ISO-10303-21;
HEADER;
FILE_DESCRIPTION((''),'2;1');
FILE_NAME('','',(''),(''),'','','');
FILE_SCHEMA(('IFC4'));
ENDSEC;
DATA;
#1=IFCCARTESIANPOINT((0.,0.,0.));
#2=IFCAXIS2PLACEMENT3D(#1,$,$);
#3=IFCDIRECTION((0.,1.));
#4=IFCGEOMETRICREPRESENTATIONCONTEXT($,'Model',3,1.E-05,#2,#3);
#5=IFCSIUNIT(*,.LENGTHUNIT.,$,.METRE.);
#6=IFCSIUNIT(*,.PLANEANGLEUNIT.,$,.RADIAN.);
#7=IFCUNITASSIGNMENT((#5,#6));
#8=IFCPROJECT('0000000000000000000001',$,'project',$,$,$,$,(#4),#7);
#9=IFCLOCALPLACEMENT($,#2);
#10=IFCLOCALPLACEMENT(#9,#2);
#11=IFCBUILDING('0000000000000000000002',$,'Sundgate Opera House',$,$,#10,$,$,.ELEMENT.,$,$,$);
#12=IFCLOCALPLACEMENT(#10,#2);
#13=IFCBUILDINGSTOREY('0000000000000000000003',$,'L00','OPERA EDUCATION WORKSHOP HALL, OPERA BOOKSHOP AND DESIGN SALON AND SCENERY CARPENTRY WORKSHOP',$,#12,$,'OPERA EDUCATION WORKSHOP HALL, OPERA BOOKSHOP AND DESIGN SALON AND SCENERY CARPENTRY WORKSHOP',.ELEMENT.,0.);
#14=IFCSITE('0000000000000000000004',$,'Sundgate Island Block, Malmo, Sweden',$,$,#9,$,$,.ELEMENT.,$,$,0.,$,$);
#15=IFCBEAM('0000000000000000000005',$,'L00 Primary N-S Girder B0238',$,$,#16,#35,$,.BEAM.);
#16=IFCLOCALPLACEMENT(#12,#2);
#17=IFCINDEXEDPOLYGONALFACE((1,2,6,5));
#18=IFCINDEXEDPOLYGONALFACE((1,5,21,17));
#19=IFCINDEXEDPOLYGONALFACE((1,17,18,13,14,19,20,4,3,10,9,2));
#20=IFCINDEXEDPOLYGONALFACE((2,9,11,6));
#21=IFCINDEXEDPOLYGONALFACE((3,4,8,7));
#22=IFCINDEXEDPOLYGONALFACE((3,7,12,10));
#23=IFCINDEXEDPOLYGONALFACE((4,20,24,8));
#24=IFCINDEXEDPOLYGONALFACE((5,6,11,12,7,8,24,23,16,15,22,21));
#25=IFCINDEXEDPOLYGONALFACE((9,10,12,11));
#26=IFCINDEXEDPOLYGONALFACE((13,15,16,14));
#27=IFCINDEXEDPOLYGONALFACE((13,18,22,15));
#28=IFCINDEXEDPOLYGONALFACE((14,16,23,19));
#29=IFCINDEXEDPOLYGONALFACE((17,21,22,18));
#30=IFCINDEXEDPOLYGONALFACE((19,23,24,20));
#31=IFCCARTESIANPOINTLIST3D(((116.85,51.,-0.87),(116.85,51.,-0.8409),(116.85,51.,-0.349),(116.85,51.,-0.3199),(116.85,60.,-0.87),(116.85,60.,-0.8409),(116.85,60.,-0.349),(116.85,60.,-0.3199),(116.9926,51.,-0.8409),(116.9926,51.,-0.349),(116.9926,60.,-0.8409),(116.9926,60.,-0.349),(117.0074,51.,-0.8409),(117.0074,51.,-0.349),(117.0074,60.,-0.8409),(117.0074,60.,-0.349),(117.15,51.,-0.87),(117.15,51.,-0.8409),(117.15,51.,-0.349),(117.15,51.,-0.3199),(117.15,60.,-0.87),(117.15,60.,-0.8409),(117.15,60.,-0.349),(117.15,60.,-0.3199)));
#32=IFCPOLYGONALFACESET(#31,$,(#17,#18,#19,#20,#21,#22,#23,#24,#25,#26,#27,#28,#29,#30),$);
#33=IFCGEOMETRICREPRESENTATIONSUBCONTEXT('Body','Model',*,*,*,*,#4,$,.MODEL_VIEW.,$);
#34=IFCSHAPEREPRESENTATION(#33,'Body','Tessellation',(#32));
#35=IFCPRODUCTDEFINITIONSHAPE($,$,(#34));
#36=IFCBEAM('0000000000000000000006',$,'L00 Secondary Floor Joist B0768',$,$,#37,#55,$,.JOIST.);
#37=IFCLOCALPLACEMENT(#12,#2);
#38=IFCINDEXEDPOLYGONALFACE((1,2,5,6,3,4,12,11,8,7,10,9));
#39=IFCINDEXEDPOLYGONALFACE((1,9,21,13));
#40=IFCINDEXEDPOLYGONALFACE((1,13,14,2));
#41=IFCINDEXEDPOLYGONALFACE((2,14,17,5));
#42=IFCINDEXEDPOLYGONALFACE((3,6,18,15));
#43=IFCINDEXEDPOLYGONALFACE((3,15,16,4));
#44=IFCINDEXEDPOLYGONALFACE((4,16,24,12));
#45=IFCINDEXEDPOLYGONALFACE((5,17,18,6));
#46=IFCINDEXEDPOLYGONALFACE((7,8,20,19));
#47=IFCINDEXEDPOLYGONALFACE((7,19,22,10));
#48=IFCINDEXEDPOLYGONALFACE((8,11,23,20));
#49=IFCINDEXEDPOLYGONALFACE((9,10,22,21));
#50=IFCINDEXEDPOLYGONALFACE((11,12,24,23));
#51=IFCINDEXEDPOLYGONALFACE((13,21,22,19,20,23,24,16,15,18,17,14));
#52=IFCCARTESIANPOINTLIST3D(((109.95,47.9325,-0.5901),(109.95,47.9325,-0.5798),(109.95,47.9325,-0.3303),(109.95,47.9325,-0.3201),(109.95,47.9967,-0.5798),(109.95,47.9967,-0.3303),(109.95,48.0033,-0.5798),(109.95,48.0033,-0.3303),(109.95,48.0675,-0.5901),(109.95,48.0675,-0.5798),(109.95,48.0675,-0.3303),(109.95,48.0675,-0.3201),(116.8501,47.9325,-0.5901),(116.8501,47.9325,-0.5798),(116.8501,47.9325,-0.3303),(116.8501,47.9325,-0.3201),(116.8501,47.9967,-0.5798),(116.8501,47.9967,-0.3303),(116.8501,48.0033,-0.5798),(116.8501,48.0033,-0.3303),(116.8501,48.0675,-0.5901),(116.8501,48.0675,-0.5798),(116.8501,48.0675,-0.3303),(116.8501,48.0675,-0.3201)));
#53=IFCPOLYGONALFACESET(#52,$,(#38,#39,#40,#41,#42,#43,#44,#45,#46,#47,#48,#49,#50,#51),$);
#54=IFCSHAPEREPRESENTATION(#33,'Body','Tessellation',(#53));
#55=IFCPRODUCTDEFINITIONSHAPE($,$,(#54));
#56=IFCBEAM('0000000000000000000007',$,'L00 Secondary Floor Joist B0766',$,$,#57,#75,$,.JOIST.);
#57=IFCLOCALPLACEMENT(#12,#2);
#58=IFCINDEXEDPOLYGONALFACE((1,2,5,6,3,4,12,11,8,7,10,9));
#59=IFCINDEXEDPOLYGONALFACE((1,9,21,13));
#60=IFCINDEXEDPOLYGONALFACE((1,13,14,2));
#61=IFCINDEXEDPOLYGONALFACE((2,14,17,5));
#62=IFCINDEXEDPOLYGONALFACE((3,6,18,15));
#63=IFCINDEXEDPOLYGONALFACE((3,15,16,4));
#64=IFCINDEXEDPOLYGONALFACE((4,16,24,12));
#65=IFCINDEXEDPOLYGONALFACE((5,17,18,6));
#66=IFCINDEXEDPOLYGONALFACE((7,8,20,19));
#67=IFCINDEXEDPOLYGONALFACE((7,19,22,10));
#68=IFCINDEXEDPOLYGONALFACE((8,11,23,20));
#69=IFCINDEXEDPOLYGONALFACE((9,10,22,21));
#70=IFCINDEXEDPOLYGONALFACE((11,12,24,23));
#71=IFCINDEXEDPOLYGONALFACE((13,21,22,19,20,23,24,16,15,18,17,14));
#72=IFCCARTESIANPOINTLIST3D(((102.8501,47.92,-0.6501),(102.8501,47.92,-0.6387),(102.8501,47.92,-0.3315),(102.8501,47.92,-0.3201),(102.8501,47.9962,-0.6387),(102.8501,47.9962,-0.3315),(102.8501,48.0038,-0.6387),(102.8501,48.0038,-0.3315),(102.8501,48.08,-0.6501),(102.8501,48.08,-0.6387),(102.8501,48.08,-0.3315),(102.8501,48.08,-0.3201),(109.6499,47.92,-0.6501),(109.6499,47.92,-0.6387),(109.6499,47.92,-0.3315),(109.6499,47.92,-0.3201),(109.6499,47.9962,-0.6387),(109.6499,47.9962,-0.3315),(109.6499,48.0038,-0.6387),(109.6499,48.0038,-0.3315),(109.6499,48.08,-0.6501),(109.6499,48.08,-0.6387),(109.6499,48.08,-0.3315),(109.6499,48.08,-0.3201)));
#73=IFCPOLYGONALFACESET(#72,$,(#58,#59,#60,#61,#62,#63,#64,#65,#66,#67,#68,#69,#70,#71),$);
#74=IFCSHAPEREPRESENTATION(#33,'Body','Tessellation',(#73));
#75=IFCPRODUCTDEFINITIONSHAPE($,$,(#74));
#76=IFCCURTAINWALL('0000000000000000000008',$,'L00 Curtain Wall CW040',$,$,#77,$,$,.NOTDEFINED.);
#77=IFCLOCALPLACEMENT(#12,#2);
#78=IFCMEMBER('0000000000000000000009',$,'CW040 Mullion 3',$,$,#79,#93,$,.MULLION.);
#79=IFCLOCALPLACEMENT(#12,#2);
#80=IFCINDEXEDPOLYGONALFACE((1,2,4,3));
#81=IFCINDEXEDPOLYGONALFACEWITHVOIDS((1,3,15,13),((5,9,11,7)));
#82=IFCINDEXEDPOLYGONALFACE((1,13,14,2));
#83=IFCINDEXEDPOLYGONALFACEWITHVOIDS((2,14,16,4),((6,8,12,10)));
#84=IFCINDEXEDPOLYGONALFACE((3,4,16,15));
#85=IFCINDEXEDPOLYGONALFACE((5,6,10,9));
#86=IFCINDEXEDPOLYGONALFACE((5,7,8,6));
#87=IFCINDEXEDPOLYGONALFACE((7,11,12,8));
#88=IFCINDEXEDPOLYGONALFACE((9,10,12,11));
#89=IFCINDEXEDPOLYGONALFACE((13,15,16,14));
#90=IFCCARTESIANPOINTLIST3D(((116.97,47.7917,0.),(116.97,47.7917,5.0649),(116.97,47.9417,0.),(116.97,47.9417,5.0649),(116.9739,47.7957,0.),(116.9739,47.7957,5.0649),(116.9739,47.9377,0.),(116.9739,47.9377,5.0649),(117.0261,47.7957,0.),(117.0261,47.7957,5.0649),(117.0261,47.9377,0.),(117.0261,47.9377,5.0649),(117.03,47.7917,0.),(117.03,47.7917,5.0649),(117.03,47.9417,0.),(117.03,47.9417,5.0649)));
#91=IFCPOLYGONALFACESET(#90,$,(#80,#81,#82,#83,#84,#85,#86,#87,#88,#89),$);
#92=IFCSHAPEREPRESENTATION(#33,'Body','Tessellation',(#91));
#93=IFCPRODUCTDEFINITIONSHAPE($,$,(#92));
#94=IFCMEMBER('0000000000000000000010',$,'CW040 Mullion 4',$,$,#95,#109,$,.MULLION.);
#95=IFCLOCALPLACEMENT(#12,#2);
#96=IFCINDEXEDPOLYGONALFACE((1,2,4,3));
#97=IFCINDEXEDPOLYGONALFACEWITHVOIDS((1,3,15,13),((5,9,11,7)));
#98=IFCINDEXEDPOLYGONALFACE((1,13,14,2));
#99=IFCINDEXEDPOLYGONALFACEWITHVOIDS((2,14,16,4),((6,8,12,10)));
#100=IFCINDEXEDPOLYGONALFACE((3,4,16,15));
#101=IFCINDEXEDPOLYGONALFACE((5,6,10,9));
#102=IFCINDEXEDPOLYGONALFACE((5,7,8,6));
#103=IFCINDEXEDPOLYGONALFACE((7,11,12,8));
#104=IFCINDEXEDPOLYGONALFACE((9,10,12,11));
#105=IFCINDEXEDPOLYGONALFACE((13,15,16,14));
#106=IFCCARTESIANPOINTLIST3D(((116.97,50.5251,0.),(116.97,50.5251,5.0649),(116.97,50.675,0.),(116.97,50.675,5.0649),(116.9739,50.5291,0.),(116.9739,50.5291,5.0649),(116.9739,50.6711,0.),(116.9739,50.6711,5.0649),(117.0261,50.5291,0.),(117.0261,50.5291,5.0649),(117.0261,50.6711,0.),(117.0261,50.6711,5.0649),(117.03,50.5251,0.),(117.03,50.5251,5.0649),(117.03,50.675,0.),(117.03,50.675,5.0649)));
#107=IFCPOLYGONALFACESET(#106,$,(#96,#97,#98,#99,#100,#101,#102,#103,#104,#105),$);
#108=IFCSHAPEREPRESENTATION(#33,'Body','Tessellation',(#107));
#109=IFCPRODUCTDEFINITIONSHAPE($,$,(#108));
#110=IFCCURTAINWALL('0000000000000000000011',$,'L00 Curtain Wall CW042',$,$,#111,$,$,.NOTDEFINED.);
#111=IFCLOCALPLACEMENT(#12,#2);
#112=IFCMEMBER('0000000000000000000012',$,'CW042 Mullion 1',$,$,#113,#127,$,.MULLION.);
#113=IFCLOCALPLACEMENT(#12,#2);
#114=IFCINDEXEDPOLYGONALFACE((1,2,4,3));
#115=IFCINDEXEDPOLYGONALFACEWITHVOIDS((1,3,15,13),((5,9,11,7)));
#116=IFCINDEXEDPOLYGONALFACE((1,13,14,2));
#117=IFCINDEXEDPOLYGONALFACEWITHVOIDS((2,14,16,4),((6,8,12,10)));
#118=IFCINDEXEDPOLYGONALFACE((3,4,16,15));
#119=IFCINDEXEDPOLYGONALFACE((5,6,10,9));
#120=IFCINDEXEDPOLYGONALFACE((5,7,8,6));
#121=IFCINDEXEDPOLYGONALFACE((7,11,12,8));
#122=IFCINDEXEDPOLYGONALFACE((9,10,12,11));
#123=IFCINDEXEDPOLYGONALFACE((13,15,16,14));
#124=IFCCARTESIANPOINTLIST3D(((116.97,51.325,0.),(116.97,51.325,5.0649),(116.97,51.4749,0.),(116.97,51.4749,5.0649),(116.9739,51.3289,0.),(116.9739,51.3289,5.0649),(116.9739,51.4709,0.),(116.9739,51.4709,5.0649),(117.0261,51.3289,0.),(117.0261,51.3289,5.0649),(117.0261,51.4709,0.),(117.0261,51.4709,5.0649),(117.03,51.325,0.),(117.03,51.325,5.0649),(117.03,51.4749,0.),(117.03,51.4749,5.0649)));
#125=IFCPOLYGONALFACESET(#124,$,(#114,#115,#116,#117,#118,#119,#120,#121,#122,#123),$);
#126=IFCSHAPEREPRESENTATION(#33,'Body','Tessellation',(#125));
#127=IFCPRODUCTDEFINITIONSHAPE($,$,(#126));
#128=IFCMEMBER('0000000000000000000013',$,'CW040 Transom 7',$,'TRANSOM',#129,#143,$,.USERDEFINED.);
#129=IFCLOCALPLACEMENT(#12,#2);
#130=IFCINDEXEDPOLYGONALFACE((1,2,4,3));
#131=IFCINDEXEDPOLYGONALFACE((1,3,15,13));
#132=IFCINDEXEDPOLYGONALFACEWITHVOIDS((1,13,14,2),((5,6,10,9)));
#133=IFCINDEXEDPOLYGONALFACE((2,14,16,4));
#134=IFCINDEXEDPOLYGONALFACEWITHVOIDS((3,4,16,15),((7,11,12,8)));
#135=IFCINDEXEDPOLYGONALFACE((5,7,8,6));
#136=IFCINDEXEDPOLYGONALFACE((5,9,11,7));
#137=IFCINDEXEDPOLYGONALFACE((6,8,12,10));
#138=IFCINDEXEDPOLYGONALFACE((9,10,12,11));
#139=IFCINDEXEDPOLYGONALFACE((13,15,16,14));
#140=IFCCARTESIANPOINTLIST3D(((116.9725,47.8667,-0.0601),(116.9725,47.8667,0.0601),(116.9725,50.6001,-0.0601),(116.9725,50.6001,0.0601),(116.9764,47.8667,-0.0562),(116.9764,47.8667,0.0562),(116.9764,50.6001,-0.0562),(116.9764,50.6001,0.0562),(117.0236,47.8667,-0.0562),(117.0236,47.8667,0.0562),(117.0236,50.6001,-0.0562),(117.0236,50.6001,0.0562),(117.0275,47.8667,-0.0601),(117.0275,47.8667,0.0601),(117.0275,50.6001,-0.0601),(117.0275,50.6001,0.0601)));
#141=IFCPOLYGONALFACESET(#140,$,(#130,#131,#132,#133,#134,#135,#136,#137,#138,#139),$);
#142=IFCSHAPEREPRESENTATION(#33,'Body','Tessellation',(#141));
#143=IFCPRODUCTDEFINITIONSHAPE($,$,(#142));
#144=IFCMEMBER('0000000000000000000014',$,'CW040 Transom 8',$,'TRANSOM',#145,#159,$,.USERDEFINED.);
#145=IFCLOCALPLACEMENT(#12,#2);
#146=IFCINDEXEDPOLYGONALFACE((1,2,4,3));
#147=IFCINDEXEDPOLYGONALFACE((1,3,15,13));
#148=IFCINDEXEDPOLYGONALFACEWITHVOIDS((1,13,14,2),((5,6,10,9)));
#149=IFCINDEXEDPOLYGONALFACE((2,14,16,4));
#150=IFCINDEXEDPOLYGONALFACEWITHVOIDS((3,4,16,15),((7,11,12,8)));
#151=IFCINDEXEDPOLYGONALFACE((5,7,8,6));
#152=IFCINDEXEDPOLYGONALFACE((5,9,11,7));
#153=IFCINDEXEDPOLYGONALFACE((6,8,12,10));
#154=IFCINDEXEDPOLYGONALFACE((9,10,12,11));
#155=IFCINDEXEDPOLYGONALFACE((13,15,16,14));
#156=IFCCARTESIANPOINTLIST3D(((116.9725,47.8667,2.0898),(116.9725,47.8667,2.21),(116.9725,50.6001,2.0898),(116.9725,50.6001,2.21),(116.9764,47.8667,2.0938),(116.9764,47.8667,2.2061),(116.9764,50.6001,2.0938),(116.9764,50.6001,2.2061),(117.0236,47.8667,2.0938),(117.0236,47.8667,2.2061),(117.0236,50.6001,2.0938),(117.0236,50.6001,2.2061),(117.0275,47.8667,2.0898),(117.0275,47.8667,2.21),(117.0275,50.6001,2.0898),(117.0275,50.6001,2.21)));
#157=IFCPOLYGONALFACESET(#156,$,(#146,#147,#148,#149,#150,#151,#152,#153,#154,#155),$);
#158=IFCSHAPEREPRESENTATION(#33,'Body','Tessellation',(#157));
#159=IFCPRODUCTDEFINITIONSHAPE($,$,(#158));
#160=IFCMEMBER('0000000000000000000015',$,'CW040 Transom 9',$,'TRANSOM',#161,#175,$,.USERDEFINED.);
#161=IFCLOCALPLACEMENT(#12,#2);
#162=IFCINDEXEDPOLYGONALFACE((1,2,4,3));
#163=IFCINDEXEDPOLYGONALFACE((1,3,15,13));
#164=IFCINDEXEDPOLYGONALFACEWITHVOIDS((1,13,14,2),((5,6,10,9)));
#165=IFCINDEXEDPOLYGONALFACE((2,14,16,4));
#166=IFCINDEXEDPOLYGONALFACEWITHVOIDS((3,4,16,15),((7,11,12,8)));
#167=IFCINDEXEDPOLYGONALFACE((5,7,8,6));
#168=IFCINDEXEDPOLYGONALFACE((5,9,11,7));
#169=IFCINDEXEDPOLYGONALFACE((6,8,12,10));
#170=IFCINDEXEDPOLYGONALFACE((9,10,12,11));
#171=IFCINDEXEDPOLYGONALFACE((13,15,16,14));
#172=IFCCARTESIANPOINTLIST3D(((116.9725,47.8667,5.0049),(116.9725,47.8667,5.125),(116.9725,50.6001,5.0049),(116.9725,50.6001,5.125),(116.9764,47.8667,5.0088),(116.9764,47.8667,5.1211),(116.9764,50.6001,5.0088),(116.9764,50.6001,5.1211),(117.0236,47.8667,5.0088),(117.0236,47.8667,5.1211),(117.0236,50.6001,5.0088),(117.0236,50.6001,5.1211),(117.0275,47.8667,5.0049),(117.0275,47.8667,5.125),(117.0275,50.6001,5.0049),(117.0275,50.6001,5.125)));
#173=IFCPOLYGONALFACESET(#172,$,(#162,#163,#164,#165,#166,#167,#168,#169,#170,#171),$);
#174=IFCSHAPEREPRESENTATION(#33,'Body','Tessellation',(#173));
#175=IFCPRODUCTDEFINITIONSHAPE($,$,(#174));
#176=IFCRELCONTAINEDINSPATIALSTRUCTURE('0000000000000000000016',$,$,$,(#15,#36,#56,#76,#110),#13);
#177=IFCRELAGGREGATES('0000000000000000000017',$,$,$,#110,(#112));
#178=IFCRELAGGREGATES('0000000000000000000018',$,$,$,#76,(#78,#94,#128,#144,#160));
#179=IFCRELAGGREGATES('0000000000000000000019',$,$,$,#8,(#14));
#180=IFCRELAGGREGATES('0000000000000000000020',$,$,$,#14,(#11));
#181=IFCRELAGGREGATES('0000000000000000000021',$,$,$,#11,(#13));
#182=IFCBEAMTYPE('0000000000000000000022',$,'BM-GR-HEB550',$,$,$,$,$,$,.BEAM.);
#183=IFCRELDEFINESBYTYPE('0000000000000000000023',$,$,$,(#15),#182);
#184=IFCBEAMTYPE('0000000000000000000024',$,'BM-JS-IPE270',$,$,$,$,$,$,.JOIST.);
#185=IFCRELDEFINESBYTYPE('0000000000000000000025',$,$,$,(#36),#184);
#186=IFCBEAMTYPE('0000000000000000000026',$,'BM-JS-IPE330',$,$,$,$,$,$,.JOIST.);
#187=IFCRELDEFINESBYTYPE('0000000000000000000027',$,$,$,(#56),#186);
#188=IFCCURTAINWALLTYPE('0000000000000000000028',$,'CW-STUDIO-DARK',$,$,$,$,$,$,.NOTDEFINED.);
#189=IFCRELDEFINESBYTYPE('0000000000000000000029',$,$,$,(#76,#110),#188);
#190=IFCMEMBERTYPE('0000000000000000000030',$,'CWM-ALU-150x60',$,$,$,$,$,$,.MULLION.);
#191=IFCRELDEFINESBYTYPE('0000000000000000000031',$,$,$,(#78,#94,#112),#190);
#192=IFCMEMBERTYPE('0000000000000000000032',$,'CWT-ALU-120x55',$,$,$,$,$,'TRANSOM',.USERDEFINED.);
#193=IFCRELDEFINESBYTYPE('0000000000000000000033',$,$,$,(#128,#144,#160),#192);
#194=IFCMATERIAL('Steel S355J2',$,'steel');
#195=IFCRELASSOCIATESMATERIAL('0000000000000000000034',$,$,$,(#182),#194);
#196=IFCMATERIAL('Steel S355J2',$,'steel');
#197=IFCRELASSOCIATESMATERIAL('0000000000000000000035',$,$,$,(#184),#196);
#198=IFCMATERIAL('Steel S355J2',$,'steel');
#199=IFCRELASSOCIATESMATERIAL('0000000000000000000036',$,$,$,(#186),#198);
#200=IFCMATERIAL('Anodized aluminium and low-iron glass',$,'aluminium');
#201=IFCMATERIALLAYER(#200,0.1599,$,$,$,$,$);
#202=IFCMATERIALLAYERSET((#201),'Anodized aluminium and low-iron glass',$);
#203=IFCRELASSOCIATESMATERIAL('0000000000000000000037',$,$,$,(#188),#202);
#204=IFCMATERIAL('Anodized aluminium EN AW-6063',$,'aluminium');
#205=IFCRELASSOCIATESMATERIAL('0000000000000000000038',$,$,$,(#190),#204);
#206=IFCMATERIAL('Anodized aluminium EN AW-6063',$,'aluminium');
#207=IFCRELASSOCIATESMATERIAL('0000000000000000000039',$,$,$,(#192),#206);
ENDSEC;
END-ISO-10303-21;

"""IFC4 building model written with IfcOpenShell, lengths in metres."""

from ifc_helpers import new_model, si_unit, direction, frame, origin, origin_2d, place, context, subcontext, project, spatial, hollow_rectangle, i_section, extrude, material, layer, layer_set, material_profile, profile_set, type_object, element, aggregate, save


model = new_model("IFC4")

# Units and contexts
model_context = context("Model", 3, precision=1e-05, world=origin(), true_north=direction((0.0, 1.0)))
body_context = subcontext(model_context, "Body", "Model", "MODEL_VIEW")
ifc_project = project(units=[si_unit("LENGTHUNIT", "METRE"), si_unit("PLANEANGLEUNIT", "RADIAN")], contexts=[model_context])

# Site, building, storey
site_placement = place(None, origin())
site = spatial("IfcSite", under=ifc_project, at=site_placement, Name="Sundgate Island Block, Malmo, Sweden", CompositionType="ELEMENT", RefElevation=0.0)
building_placement = place(site_placement, origin())
building = spatial("IfcBuilding", under=site, at=building_placement, Name="Sundgate Opera House", CompositionType="ELEMENT")
storey_placement = place(building_placement, origin())
storey = spatial("IfcBuildingStorey", under=building, at=storey_placement, Name="L00", Description="OPERA EDUCATION WORKSHOP HALL, OPERA BOOKSHOP AND DESIGN SALON AND SCENERY CARPENTRY WORKSHOP", LongName="OPERA EDUCATION WORKSHOP HALL, OPERA BOOKSHOP AND DESIGN SALON AND SCENERY CARPENTRY WORKSHOP", CompositionType="ELEMENT", Elevation=0.0)

# Beams
ifc_material_1 = material(Name="Steel S355J2", Category="steel")
ifc_material_profile_1 = material_profile(ifc_material_1, i_section(OverallWidth=0.3, OverallDepth=0.55, WebThickness=0.0149, FlangeThickness=0.0291, at=origin_2d()), Name="HEB 550")
ifc_profile_set_1 = profile_set([ifc_material_profile_1], Name="Steel S355J2")
beam_type_1 = type_object("IfcBeamType", Name="BM-GR-HEB550", PredefinedType="BEAM", material=ifc_profile_set_1)
beam_1_placement = place(storey_placement, frame((117.0, 51.0, -0.595), z_axis=(0.0, 1.0, 0.0), x_axis=(-1.0, 0.0, 0.0)))
element("IfcBeam", 1, at=beam_1_placement, inside=storey, type_object=beam_type_1, Name="L00 Primary N-S Girder B0238", PredefinedType="BEAM", context=body_context, shape_type="SweptSolid", body=[
    extrude(i_section(OverallWidth=0.3, OverallDepth=0.55, WebThickness=0.0149, FlangeThickness=0.0291, at=origin_2d()), origin(), (0.0, 0.0, 1.0), 9.0),
])
ifc_material_2 = material(Name="Steel S355J2", Category="steel")
ifc_material_profile_2 = material_profile(ifc_material_2, i_section(OverallWidth=0.135, OverallDepth=0.27, WebThickness=0.0066, FlangeThickness=0.0103, at=origin_2d()), Name="IPE 270")
ifc_profile_set_2 = profile_set([ifc_material_profile_2], Name="Steel S355J2")
beam_type_2 = type_object("IfcBeamType", Name="BM-JS-IPE270", PredefinedType="JOIST", material=ifc_profile_set_2)
beam_2_placement = place(storey_placement, frame((109.95, 48.0, -0.4551), z_axis=(1.0, 0.0, 0.0), x_axis=(0.0, 1.0, 0.0)))
element("IfcBeam", 2, at=beam_2_placement, inside=storey, type_object=beam_type_2, Name="L00 Secondary Floor Joist B0768", PredefinedType="JOIST", context=body_context, shape_type="SweptSolid", body=[
    extrude(i_section(OverallWidth=0.135, OverallDepth=0.27, WebThickness=0.0066, FlangeThickness=0.0103, at=origin_2d()), origin(), (0.0, 0.0, 1.0), 6.9001),
])
ifc_material_3 = material(Name="Steel S355J2", Category="steel")
ifc_material_profile_3 = material_profile(ifc_material_3, i_section(OverallWidth=0.1599, OverallDepth=0.3301, WebThickness=0.0076, FlangeThickness=0.0115, at=origin_2d()), Name="IPE 330")
ifc_profile_set_3 = profile_set([ifc_material_profile_3], Name="Steel S355J2")
beam_type_3 = type_object("IfcBeamType", Name="BM-JS-IPE330", PredefinedType="JOIST", material=ifc_profile_set_3)
beam_3_placement = place(storey_placement, frame((102.8501, 48.0, -0.4851), z_axis=(1.0, 0.0, 0.0), x_axis=(0.0, 1.0, 0.0)))
element("IfcBeam", 3, at=beam_3_placement, inside=storey, type_object=beam_type_3, Name="L00 Secondary Floor Joist B0766", PredefinedType="JOIST", context=body_context, shape_type="SweptSolid", body=[
    extrude(i_section(OverallWidth=0.1599, OverallDepth=0.3301, WebThickness=0.0076, FlangeThickness=0.0115, at=origin_2d()), origin(), (0.0, 0.0, 1.0), 6.7998),
])

# Curtain wall, members
ifc_material_4 = material(Name="Anodized aluminium and low-iron glass", Category="aluminium")
ifc_layer_1 = layer(ifc_material_4, 0.1599)
ifc_layer_set_1 = layer_set([ifc_layer_1], Name="Anodized aluminium and low-iron glass")
curtain_wall_type = type_object("IfcCurtainWallType", Name="CW-STUDIO-DARK", PredefinedType="NOTDEFINED", material=ifc_layer_set_1)
curtain_wall_1_placement = place(storey_placement, origin())
curtain_wall_1 = element("IfcCurtainWall", 4, at=curtain_wall_1_placement, inside=storey, type_object=curtain_wall_type, Name="L00 Curtain Wall CW040", PredefinedType="NOTDEFINED")
ifc_material_5 = material(Name="Anodized aluminium EN AW-6063", Category="aluminium")
ifc_material_profile_4 = material_profile(ifc_material_5, hollow_rectangle(XDim=0.0601, YDim=0.1499, WallThickness=0.0039, at=origin_2d()), Name="CWM 150x60x4")
ifc_profile_set_4 = profile_set([ifc_material_profile_4], Name="Anodized aluminium EN AW-6063")
member_type_1 = type_object("IfcMemberType", Name="CWM-ALU-150x60", PredefinedType="MULLION", material=ifc_profile_set_4)
member_1_placement = place(storey_placement, frame((117.0, 47.8667, 0.0), z_axis=(0.0, 0.0, 1.0), x_axis=(1.0, 0.0, 0.0)))
member_1 = element("IfcMember", 5, at=member_1_placement, type_object=member_type_1, Name="CW040 Mullion 3", PredefinedType="MULLION", context=body_context, shape_type="SweptSolid", body=[
    extrude(hollow_rectangle(XDim=0.0601, YDim=0.1499, WallThickness=0.0039, at=origin_2d()), origin(), (0.0, 0.0, 1.0), 5.0649),
])
member_2_placement = place(storey_placement, frame((117.0, 50.6001, 0.0), z_axis=(0.0, 0.0, 1.0), x_axis=(1.0, 0.0, 0.0)))
member_2 = element("IfcMember", 6, at=member_2_placement, type_object=member_type_1, Name="CW040 Mullion 4", PredefinedType="MULLION", context=body_context, shape_type="SweptSolid", body=[
    extrude(hollow_rectangle(XDim=0.0601, YDim=0.1499, WallThickness=0.0039, at=origin_2d()), origin(), (0.0, 0.0, 1.0), 5.0649),
])

# Curtain wall, member
curtain_wall_2_placement = place(storey_placement, origin())
curtain_wall_2 = element("IfcCurtainWall", 7, at=curtain_wall_2_placement, inside=storey, type_object=curtain_wall_type, Name="L00 Curtain Wall CW042", PredefinedType="NOTDEFINED")
member_3_placement = place(storey_placement, frame((117.0, 51.3999, 0.0), z_axis=(0.0, 0.0, 1.0), x_axis=(1.0, 0.0, 0.0)))
member_3 = element("IfcMember", 8, at=member_3_placement, type_object=member_type_1, Name="CW042 Mullion 1", PredefinedType="MULLION", context=body_context, shape_type="SweptSolid", body=[
    extrude(hollow_rectangle(XDim=0.0601, YDim=0.1499, WallThickness=0.0039, at=origin_2d()), origin(), (0.0, 0.0, 1.0), 5.0649),
])
aggregate(curtain_wall_2, [member_3])

# Members
ifc_material_6 = material(Name="Anodized aluminium EN AW-6063", Category="aluminium")
ifc_material_profile_5 = material_profile(ifc_material_6, hollow_rectangle(XDim=0.0549, YDim=0.1201, WallThickness=0.0039, at=origin_2d()), Name="CWT 120x55x4")
ifc_profile_set_5 = profile_set([ifc_material_profile_5], Name="Anodized aluminium EN AW-6063")
member_type_2 = type_object("IfcMemberType", Name="CWT-ALU-120x55", ElementType="TRANSOM", PredefinedType="USERDEFINED", material=ifc_profile_set_5)
member_4_placement = place(storey_placement, frame((117.0, 47.8667, 0.0), z_axis=(0.0, 1.0, 0.0), x_axis=(-1.0, 0.0, 0.0)))
member_4 = element("IfcMember", 9, at=member_4_placement, type_object=member_type_2, Name="CW040 Transom 7", ObjectType="TRANSOM", PredefinedType="USERDEFINED", context=body_context, shape_type="SweptSolid", body=[
    extrude(hollow_rectangle(XDim=0.0549, YDim=0.1201, WallThickness=0.0039, at=origin_2d()), origin(), (0.0, 0.0, 1.0), 2.7334),
])
member_5_placement = place(storey_placement, frame((117.0, 47.8667, 2.1499), z_axis=(0.0, 1.0, 0.0), x_axis=(-1.0, 0.0, 0.0)))
member_5 = element("IfcMember", 10, at=member_5_placement, type_object=member_type_2, Name="CW040 Transom 8", ObjectType="TRANSOM", PredefinedType="USERDEFINED", context=body_context, shape_type="SweptSolid", body=[
    extrude(hollow_rectangle(XDim=0.0549, YDim=0.1201, WallThickness=0.0039, at=origin_2d()), origin(), (0.0, 0.0, 1.0), 2.7334),
])
member_6_placement = place(storey_placement, frame((117.0, 47.8667, 5.0649), z_axis=(0.0, 1.0, 0.0), x_axis=(-1.0, 0.0, 0.0)))
member_6 = element("IfcMember", 11, at=member_6_placement, type_object=member_type_2, Name="CW040 Transom 9", ObjectType="TRANSOM", PredefinedType="USERDEFINED", context=body_context, shape_type="SweptSolid", body=[
    extrude(hollow_rectangle(XDim=0.0549, YDim=0.1201, WallThickness=0.0039, at=origin_2d()), origin(), (0.0, 0.0, 1.0), 2.7334),
])

aggregate(curtain_wall_1, [member_1, member_2, member_4, member_5, member_6])

save(model, "model.ifc")
